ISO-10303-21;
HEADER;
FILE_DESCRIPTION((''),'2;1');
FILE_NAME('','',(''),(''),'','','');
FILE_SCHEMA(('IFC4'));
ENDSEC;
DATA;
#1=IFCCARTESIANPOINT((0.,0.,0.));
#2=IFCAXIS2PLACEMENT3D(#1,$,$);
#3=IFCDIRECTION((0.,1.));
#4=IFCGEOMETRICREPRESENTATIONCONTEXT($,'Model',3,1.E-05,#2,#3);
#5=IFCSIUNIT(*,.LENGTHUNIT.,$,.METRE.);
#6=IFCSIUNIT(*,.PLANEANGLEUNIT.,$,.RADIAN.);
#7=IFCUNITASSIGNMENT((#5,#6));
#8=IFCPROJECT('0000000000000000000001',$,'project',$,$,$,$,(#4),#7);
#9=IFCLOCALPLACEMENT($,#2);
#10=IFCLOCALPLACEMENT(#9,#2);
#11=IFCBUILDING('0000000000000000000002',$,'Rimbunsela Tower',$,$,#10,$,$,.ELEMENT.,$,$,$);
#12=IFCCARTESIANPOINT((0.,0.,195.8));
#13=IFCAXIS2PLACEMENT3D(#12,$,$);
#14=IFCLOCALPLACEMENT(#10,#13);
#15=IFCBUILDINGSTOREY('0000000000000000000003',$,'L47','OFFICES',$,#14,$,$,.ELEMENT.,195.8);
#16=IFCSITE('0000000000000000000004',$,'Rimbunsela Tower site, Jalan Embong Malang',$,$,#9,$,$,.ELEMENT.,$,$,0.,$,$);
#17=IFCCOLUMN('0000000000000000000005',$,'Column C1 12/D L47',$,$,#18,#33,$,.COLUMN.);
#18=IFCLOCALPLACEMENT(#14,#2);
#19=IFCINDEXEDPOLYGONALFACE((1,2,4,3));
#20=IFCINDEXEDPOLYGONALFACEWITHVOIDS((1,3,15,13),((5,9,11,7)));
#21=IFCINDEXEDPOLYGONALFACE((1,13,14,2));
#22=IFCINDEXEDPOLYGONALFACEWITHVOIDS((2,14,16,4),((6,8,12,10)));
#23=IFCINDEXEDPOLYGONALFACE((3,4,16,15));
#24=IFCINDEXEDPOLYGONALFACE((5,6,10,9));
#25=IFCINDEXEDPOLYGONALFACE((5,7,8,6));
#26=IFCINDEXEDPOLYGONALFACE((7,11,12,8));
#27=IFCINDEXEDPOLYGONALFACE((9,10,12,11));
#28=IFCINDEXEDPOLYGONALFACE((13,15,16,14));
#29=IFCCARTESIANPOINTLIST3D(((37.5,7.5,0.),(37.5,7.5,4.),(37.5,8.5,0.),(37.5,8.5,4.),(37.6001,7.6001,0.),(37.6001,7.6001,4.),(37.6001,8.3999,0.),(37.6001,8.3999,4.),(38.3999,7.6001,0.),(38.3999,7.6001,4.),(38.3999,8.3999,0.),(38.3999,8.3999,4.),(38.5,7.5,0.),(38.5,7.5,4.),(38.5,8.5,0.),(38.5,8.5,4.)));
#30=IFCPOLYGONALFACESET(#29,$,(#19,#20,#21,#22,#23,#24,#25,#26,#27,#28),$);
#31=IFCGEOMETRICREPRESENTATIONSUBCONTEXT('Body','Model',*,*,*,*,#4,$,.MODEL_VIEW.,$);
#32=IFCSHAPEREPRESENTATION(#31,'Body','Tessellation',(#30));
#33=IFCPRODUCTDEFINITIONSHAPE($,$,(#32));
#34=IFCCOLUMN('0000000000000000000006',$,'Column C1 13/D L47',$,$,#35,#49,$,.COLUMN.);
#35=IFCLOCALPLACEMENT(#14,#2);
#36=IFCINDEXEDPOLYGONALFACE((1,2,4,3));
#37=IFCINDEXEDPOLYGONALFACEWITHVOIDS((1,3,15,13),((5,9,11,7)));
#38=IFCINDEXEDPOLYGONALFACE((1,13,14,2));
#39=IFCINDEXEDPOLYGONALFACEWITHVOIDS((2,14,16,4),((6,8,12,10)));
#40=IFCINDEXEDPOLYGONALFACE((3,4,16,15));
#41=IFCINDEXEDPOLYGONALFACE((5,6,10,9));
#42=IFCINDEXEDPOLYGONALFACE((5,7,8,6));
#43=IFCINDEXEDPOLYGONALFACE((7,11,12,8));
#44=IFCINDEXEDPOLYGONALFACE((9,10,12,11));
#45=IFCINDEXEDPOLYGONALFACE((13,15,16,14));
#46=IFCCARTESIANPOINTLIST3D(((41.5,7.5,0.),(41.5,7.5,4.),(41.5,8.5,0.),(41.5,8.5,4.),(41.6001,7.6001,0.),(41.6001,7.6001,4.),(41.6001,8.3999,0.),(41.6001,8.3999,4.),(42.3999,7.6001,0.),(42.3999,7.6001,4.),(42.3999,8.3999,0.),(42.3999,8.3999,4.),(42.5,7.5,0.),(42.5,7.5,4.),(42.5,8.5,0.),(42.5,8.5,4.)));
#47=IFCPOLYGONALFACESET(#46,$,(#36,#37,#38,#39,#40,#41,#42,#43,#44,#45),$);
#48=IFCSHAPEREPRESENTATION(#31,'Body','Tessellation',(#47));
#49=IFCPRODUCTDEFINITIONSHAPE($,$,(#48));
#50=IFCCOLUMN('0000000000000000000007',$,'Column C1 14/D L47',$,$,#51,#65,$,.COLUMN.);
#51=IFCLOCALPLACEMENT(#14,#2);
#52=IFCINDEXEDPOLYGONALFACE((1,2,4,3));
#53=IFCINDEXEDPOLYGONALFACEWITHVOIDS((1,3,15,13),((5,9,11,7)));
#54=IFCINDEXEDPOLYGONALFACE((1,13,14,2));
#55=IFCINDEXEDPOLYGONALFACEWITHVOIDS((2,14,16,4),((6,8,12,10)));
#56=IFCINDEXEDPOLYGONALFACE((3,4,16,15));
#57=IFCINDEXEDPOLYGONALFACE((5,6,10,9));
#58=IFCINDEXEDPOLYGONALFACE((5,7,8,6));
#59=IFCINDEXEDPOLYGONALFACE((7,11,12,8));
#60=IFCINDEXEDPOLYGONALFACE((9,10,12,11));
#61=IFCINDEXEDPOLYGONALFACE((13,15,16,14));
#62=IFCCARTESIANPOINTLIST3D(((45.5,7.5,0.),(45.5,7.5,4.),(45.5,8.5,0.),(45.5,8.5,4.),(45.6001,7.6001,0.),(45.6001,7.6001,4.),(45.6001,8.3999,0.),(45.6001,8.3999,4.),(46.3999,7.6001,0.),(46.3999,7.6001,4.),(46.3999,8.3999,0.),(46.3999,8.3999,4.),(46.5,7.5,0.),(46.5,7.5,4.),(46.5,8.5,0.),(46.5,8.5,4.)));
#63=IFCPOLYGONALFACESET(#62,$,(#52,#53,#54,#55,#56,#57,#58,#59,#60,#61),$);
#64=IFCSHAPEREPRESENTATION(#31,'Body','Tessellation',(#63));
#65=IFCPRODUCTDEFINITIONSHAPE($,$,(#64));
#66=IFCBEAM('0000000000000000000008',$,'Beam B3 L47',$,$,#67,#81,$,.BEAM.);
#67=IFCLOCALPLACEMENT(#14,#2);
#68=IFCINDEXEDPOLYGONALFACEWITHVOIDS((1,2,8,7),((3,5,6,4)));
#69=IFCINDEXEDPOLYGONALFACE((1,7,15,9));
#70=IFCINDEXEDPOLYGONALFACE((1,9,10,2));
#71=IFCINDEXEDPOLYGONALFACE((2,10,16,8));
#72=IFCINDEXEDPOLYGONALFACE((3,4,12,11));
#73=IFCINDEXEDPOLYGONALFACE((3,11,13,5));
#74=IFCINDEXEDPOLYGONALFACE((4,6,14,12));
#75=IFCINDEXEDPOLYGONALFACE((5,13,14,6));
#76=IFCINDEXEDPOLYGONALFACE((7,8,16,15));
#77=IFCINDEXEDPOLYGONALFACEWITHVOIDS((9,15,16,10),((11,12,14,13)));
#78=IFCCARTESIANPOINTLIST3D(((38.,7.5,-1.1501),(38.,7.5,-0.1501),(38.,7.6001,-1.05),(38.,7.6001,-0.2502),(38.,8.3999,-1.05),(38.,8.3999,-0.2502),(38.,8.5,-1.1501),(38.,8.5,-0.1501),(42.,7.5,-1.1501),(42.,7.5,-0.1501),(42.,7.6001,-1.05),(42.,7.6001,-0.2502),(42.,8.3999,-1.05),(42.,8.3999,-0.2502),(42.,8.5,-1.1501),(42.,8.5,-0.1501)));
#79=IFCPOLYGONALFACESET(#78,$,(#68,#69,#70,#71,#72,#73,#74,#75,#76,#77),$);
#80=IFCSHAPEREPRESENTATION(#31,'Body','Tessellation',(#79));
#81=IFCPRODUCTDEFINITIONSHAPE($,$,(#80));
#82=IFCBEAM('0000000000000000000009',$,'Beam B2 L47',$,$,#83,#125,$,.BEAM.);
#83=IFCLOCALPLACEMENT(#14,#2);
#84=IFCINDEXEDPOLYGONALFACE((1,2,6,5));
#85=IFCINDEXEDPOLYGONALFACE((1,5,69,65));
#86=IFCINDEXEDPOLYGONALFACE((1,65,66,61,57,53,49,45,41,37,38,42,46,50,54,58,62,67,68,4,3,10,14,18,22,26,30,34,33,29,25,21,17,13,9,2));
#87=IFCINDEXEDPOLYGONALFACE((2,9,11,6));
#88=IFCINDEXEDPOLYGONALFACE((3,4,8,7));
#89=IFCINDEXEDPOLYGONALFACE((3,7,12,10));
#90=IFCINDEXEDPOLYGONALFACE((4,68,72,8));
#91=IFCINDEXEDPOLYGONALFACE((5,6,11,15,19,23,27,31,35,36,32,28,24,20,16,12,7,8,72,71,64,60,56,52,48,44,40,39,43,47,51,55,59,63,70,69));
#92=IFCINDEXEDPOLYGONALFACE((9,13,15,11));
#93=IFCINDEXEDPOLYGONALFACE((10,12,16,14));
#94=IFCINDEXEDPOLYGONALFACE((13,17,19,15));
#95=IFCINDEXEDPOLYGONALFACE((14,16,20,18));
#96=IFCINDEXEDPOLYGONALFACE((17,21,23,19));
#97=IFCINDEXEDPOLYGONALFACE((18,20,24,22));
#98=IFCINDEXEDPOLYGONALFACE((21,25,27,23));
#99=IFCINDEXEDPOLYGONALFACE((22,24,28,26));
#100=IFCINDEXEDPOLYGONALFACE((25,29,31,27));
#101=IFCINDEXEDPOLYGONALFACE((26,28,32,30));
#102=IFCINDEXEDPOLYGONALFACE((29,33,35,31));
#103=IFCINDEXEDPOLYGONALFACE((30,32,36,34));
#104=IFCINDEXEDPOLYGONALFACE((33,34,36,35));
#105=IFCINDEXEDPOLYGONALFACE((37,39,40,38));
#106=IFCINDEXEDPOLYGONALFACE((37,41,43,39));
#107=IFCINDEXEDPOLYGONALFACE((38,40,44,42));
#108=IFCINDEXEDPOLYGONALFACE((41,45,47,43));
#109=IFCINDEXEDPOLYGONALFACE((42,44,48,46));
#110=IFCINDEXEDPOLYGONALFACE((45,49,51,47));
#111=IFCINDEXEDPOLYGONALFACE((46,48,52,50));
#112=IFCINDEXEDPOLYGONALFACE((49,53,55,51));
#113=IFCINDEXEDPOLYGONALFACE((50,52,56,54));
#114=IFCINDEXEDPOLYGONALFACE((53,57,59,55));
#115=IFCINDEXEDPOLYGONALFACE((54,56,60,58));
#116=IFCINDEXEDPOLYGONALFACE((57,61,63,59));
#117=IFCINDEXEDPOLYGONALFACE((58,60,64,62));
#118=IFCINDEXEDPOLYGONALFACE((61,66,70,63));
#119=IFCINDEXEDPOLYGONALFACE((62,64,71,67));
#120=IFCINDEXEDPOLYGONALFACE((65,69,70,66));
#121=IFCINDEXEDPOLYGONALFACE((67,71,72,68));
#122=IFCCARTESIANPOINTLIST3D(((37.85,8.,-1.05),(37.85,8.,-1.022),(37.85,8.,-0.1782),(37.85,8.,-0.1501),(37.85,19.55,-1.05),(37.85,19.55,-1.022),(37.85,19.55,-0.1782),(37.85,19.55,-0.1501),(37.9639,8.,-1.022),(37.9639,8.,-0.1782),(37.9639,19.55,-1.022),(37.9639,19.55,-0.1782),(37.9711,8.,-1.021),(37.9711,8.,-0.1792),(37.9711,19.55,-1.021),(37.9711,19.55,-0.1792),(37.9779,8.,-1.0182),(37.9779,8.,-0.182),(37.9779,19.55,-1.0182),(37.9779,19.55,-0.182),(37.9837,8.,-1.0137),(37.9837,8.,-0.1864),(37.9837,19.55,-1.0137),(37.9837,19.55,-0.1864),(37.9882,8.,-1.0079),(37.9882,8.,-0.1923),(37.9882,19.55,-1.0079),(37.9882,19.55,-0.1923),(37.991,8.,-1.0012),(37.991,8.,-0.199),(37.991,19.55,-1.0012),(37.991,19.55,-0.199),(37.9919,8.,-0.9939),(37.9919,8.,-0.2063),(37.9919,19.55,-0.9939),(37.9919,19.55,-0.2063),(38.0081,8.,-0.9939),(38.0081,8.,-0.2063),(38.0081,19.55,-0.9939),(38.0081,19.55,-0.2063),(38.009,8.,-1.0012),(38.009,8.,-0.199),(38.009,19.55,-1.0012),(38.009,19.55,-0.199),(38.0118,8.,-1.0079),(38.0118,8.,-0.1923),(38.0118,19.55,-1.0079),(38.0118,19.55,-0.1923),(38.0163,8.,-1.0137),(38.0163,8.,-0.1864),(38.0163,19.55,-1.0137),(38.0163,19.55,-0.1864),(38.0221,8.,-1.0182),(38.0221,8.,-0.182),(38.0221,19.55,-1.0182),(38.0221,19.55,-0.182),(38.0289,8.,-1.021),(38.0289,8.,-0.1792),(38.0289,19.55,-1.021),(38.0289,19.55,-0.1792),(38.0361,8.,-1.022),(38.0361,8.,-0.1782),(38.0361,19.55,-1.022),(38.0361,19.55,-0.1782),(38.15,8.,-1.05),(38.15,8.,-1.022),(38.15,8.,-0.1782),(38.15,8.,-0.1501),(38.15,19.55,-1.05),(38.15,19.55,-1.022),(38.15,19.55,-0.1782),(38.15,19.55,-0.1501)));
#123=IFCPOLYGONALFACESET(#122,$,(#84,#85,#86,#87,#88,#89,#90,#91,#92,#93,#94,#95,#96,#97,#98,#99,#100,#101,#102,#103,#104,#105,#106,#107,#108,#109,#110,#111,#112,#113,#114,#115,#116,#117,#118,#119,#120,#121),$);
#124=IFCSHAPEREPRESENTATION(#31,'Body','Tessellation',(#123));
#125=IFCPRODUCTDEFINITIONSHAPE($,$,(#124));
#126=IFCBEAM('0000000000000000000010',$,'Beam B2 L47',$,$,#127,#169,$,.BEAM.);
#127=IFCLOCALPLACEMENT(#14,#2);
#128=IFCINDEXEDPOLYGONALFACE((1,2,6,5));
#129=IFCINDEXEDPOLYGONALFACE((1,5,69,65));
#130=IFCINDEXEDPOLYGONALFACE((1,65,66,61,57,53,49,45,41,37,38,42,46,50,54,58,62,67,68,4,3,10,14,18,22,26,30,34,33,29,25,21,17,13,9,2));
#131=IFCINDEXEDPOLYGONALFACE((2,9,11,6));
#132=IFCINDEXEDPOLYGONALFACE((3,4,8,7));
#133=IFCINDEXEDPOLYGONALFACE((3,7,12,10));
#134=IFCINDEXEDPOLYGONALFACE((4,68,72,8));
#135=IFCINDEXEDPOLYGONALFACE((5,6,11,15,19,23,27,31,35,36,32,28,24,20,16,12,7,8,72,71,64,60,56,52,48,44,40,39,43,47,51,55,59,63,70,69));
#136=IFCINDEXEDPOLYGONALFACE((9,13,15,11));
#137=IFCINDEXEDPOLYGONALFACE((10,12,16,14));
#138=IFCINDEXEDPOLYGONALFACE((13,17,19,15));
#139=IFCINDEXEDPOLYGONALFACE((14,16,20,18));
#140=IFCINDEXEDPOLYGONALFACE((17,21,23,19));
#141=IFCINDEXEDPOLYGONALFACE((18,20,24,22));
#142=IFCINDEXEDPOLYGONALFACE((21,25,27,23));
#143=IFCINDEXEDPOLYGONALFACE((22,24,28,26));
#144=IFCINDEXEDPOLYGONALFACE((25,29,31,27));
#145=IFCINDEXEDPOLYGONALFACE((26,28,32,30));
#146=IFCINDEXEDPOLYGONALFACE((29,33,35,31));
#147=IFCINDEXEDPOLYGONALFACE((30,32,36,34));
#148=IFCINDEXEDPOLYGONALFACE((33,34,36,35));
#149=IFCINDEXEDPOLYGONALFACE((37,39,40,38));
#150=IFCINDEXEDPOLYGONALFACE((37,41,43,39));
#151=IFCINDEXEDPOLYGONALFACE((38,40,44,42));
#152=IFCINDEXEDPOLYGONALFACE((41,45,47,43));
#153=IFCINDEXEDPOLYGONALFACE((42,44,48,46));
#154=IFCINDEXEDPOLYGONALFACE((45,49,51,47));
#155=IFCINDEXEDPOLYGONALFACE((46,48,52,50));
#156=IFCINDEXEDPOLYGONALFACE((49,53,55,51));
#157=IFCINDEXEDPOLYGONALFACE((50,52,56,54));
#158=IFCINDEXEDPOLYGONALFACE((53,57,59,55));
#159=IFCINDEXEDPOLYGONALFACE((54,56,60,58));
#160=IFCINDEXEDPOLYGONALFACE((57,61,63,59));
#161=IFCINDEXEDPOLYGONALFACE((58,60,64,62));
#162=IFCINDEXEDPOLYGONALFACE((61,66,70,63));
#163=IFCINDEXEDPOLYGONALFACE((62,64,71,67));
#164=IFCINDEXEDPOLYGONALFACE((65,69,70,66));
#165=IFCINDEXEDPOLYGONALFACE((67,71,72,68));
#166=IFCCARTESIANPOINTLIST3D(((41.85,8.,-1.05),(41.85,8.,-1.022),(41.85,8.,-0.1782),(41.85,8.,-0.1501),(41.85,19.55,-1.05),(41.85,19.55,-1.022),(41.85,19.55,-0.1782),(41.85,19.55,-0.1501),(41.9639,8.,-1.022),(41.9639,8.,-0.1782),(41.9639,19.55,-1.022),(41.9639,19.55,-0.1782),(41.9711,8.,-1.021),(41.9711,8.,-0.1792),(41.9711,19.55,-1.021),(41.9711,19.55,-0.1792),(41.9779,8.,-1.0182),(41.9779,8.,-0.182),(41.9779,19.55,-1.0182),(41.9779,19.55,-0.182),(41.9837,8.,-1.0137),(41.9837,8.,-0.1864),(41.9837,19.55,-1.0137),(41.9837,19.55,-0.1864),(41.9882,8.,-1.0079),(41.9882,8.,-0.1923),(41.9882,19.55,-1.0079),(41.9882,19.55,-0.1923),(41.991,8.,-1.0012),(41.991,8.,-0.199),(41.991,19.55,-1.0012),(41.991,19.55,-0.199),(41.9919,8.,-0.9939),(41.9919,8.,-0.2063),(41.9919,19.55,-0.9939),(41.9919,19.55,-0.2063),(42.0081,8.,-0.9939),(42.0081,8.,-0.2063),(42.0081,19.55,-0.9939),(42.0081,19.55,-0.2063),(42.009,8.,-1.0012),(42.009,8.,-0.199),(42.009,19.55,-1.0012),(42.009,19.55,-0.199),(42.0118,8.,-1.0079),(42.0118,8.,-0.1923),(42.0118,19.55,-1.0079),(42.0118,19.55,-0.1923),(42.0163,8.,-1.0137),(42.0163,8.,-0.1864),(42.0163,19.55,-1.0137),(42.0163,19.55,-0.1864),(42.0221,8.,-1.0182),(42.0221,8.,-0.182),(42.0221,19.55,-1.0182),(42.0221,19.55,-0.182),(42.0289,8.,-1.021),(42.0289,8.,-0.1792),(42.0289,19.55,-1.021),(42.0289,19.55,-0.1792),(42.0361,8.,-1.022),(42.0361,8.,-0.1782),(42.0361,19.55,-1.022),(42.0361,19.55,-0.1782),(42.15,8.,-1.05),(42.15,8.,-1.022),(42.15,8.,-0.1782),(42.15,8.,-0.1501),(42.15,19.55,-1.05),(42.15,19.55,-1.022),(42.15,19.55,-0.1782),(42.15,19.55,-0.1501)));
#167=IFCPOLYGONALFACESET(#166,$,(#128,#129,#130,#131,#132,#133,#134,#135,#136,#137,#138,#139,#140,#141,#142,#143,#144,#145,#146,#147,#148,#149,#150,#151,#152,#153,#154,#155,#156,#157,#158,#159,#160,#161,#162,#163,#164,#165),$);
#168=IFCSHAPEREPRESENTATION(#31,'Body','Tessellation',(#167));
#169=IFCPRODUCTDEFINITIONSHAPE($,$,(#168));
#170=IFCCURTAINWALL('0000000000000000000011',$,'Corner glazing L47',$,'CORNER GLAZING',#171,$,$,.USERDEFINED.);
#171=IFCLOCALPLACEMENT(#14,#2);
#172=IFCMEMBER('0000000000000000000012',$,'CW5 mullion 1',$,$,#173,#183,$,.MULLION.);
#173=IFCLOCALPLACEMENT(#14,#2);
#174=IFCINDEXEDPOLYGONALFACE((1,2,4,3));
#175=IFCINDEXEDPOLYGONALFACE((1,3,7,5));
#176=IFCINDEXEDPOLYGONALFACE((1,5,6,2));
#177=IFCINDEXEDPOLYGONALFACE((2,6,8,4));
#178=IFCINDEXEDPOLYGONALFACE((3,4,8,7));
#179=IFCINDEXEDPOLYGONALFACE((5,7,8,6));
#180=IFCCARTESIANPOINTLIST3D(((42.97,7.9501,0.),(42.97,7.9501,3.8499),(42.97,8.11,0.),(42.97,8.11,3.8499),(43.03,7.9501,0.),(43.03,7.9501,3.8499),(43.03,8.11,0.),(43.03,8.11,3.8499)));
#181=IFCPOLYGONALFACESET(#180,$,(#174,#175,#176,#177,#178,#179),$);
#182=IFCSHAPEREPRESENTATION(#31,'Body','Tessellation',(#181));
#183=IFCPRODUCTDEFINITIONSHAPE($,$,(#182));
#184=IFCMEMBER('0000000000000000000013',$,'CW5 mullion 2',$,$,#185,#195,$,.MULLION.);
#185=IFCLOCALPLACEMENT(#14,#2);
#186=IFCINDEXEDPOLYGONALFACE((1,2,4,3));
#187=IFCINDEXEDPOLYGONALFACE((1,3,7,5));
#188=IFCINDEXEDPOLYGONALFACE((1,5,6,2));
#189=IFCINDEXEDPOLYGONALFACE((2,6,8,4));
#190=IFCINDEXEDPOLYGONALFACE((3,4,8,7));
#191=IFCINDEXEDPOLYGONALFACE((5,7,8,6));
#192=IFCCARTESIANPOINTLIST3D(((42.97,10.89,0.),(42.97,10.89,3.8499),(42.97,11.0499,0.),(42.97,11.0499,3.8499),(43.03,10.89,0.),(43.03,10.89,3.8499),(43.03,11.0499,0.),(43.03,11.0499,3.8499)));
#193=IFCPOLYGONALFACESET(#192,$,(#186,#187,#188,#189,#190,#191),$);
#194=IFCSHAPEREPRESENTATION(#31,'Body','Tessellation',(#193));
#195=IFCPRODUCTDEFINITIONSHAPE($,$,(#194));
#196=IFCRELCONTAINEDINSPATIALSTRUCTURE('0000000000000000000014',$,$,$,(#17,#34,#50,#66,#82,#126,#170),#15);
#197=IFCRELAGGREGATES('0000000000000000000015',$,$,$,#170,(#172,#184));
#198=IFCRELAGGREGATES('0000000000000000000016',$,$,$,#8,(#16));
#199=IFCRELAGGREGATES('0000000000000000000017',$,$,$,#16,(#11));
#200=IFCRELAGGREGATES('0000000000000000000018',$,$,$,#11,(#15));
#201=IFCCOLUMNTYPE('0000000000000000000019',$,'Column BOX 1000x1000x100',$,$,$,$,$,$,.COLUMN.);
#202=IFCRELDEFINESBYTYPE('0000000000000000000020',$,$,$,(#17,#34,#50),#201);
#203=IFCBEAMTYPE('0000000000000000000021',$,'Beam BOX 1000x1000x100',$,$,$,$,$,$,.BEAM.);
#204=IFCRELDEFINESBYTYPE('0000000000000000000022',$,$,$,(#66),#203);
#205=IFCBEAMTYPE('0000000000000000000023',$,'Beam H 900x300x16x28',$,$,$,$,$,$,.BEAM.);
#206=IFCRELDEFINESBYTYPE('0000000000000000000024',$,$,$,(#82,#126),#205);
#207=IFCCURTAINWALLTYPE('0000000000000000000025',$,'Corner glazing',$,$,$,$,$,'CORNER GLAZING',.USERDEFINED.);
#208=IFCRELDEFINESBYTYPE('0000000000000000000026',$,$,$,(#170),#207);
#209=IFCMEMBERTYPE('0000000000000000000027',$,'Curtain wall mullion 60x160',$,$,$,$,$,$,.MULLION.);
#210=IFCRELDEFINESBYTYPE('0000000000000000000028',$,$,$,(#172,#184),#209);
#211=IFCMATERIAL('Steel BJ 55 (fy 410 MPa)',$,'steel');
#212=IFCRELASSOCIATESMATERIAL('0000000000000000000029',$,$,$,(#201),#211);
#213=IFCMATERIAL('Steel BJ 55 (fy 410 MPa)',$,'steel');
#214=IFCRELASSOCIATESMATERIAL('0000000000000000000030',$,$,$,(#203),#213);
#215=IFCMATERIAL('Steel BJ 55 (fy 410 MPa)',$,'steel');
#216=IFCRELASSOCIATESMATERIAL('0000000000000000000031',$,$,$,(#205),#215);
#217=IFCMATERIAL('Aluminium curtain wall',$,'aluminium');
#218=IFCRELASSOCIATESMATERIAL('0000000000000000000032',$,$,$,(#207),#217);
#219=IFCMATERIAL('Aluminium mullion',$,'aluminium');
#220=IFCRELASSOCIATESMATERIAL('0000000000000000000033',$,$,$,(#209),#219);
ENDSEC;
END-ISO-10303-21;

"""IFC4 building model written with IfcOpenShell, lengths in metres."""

from ifc_helpers import new_model, si_unit, direction, frame, origin, origin_2d, place, context, subcontext, project, spatial, rectangle, hollow_rectangle, i_section, extrude, material, material_profile, profile_set, type_object, element, aggregate, save


model = new_model("IFC4")

# Units and contexts
model_context = context("Model", 3, precision=1e-05, world=origin(), true_north=direction((0.0, 1.0)))
body_context = subcontext(model_context, "Body", "Model", "MODEL_VIEW")
ifc_project = project(units=[si_unit("LENGTHUNIT", "METRE"), si_unit("PLANEANGLEUNIT", "RADIAN")], contexts=[model_context])

# Site, building, storey
site_placement = place(None, origin())
site = spatial("IfcSite", under=ifc_project, at=site_placement, Name="Rimbunsela Tower site, Jalan Embong Malang", CompositionType="ELEMENT", RefElevation=0.0)
building_placement = place(site_placement, origin())
building = spatial("IfcBuilding", under=site, at=building_placement, Name="Rimbunsela Tower", CompositionType="ELEMENT")
storey_placement = place(building_placement, frame((0.0, 0.0, 195.8)))
storey = spatial("IfcBuildingStorey", under=building, at=storey_placement, Name="L47", Description="OFFICES", CompositionType="ELEMENT", Elevation=195.8)

# Columns
ifc_material_1 = material(Name="Steel BJ 55 (fy 410 MPa)", Category="steel")
ifc_material_profile_1 = material_profile(ifc_material_1, hollow_rectangle(XDim=1.0, YDim=1.0, WallThickness=0.1001, at=origin_2d()), Name="BOX 1000x1000x100")
ifc_profile_set_1 = profile_set([ifc_material_profile_1], Name="Steel BJ 55 (fy 410 MPa)")
column_type = type_object("IfcColumnType", Name="Column BOX 1000x1000x100", PredefinedType="COLUMN", material=ifc_profile_set_1)
for number, where, z_axis, x_axis, name in (
    (1, (38.0, 8.0, 0.0), (0.0, 0.0, 1.0), (1.0, 0.0, 0.0), "Column C1 12/D L47"),
    (2, (42.0, 8.0, 0.0), (0.0, 0.0, 1.0), (1.0, 0.0, 0.0), "Column C1 13/D L47"),
    (3, (46.0, 8.0, 0.0), (0.0, 0.0, 1.0), (1.0, 0.0, 0.0), "Column C1 14/D L47"),
):
    element("IfcColumn", number, at=place(storey_placement, frame(where, z_axis=z_axis, x_axis=x_axis)), inside=storey, type_object=column_type, Name=name, PredefinedType="COLUMN", context=body_context, shape_type="SweptSolid", body=[
        extrude(hollow_rectangle(XDim=1.0, YDim=1.0, WallThickness=0.1001, at=origin_2d()), origin(), (0.0, 0.0, 1.0), 4.0),
    ])

# Beams
ifc_material_2 = material(Name="Steel BJ 55 (fy 410 MPa)", Category="steel")
ifc_material_profile_2 = material_profile(ifc_material_2, hollow_rectangle(XDim=1.0, YDim=1.0, WallThickness=0.1001, at=origin_2d()), Name="BOX 1000x1000x100")
ifc_profile_set_2 = profile_set([ifc_material_profile_2], Name="Steel BJ 55 (fy 410 MPa)")
beam_type_1 = type_object("IfcBeamType", Name="Beam BOX 1000x1000x100", PredefinedType="BEAM", material=ifc_profile_set_2)
beam_placement = place(storey_placement, frame((38.0, 8.0, -0.6501), z_axis=(1.0, 0.0, 0.0), x_axis=(0.0, 1.0, 0.0)))
element("IfcBeam", 4, at=beam_placement, inside=storey, type_object=beam_type_1, Name="Beam B3 L47", PredefinedType="BEAM", context=body_context, shape_type="SweptSolid", body=[
    extrude(hollow_rectangle(XDim=1.0, YDim=1.0, WallThickness=0.1001, at=origin_2d()), origin(), (0.0, 0.0, 1.0), 4.0),
])
ifc_material_3 = material(Name="Steel BJ 55 (fy 410 MPa)", Category="steel")
ifc_material_profile_3 = material_profile(ifc_material_3, i_section(OverallWidth=0.3, OverallDepth=0.8999, WebThickness=0.0161, FlangeThickness=0.0281, FilletRadius=0.0281, at=origin_2d()), Name="H 900x300x16x28")
ifc_profile_set_3 = profile_set([ifc_material_profile_3], Name="Steel BJ 55 (fy 410 MPa)")
beam_type_2 = type_object("IfcBeamType", Name="Beam H 900x300x16x28", PredefinedType="BEAM", material=ifc_profile_set_3)
for number, where, z_axis, x_axis, name in (
    (5, (38.0, 8.0, -0.6001), (0.0, 1.0, 0.0), (-1.0, 0.0, 0.0), "Beam B2 L47"),
    (6, (42.0, 8.0, -0.6001), (0.0, 1.0, 0.0), (-1.0, 0.0, 0.0), "Beam B2 L47"),
):
    element("IfcBeam", number, at=place(storey_placement, frame(where, z_axis=z_axis, x_axis=x_axis)), inside=storey, type_object=beam_type_2, Name=name, PredefinedType="BEAM", context=body_context, shape_type="SweptSolid", body=[
        extrude(i_section(OverallWidth=0.3, OverallDepth=0.8999, WebThickness=0.0161, FlangeThickness=0.0281, FilletRadius=0.0281, at=origin_2d()), origin(), (0.0, 0.0, 1.0), 11.55),
    ])

# Curtain wall, members
ifc_material_4 = material(Name="Aluminium curtain wall", Category="aluminium")
curtain_wall_type = type_object("IfcCurtainWallType", Name="Corner glazing", ElementType="CORNER GLAZING", PredefinedType="USERDEFINED", material=ifc_material_4)
curtain_wall_1_placement = place(storey_placement, origin())
curtain_wall_1 = element("IfcCurtainWall", 7, at=curtain_wall_1_placement, inside=storey, type_object=curtain_wall_type, Name="Corner glazing L47", ObjectType="CORNER GLAZING", PredefinedType="USERDEFINED")
ifc_material_5 = material(Name="Aluminium mullion", Category="aluminium")
ifc_material_profile_4 = material_profile(ifc_material_5, rectangle(XDim=0.0601, YDim=0.1599, at=origin_2d()), Name="Mullion 60x160")
ifc_profile_set_4 = profile_set([ifc_material_profile_4], Name="Aluminium mullion")
member_type_1 = type_object("IfcMemberType", Name="Curtain wall mullion 60x160", PredefinedType="MULLION", material=ifc_profile_set_4)
member_1_placement = place(storey_placement, frame((43.0, 8.03, 0.0), z_axis=(0.0, 0.0, 1.0), x_axis=(-1.0, 0.0, 0.0)))
member_1 = element("IfcMember", 8, at=member_1_placement, type_object=member_type_1, Name="CW5 mullion 1", PredefinedType="MULLION", context=body_context, shape_type="SweptSolid", body=[
    extrude(rectangle(XDim=0.0601, YDim=0.1599, at=origin_2d()), origin(), (0.0, 0.0, 1.0), 3.8499),
])
member_2_placement = place(storey_placement, frame((43.0, 10.97, 0.0), z_axis=(0.0, 0.0, 1.0), x_axis=(-1.0, 0.0, 0.0)))
member_2 = element("IfcMember", 9, at=member_2_placement, type_object=member_type_1, Name="CW5 mullion 2", PredefinedType="MULLION", context=body_context, shape_type="SweptSolid", body=[
    extrude(rectangle(XDim=0.0601, YDim=0.1599, at=origin_2d()), origin(), (0.0, 0.0, 1.0), 3.8499),
])

aggregate(curtain_wall_1, [member_1, member_2])

save(model, "model.ifc")
